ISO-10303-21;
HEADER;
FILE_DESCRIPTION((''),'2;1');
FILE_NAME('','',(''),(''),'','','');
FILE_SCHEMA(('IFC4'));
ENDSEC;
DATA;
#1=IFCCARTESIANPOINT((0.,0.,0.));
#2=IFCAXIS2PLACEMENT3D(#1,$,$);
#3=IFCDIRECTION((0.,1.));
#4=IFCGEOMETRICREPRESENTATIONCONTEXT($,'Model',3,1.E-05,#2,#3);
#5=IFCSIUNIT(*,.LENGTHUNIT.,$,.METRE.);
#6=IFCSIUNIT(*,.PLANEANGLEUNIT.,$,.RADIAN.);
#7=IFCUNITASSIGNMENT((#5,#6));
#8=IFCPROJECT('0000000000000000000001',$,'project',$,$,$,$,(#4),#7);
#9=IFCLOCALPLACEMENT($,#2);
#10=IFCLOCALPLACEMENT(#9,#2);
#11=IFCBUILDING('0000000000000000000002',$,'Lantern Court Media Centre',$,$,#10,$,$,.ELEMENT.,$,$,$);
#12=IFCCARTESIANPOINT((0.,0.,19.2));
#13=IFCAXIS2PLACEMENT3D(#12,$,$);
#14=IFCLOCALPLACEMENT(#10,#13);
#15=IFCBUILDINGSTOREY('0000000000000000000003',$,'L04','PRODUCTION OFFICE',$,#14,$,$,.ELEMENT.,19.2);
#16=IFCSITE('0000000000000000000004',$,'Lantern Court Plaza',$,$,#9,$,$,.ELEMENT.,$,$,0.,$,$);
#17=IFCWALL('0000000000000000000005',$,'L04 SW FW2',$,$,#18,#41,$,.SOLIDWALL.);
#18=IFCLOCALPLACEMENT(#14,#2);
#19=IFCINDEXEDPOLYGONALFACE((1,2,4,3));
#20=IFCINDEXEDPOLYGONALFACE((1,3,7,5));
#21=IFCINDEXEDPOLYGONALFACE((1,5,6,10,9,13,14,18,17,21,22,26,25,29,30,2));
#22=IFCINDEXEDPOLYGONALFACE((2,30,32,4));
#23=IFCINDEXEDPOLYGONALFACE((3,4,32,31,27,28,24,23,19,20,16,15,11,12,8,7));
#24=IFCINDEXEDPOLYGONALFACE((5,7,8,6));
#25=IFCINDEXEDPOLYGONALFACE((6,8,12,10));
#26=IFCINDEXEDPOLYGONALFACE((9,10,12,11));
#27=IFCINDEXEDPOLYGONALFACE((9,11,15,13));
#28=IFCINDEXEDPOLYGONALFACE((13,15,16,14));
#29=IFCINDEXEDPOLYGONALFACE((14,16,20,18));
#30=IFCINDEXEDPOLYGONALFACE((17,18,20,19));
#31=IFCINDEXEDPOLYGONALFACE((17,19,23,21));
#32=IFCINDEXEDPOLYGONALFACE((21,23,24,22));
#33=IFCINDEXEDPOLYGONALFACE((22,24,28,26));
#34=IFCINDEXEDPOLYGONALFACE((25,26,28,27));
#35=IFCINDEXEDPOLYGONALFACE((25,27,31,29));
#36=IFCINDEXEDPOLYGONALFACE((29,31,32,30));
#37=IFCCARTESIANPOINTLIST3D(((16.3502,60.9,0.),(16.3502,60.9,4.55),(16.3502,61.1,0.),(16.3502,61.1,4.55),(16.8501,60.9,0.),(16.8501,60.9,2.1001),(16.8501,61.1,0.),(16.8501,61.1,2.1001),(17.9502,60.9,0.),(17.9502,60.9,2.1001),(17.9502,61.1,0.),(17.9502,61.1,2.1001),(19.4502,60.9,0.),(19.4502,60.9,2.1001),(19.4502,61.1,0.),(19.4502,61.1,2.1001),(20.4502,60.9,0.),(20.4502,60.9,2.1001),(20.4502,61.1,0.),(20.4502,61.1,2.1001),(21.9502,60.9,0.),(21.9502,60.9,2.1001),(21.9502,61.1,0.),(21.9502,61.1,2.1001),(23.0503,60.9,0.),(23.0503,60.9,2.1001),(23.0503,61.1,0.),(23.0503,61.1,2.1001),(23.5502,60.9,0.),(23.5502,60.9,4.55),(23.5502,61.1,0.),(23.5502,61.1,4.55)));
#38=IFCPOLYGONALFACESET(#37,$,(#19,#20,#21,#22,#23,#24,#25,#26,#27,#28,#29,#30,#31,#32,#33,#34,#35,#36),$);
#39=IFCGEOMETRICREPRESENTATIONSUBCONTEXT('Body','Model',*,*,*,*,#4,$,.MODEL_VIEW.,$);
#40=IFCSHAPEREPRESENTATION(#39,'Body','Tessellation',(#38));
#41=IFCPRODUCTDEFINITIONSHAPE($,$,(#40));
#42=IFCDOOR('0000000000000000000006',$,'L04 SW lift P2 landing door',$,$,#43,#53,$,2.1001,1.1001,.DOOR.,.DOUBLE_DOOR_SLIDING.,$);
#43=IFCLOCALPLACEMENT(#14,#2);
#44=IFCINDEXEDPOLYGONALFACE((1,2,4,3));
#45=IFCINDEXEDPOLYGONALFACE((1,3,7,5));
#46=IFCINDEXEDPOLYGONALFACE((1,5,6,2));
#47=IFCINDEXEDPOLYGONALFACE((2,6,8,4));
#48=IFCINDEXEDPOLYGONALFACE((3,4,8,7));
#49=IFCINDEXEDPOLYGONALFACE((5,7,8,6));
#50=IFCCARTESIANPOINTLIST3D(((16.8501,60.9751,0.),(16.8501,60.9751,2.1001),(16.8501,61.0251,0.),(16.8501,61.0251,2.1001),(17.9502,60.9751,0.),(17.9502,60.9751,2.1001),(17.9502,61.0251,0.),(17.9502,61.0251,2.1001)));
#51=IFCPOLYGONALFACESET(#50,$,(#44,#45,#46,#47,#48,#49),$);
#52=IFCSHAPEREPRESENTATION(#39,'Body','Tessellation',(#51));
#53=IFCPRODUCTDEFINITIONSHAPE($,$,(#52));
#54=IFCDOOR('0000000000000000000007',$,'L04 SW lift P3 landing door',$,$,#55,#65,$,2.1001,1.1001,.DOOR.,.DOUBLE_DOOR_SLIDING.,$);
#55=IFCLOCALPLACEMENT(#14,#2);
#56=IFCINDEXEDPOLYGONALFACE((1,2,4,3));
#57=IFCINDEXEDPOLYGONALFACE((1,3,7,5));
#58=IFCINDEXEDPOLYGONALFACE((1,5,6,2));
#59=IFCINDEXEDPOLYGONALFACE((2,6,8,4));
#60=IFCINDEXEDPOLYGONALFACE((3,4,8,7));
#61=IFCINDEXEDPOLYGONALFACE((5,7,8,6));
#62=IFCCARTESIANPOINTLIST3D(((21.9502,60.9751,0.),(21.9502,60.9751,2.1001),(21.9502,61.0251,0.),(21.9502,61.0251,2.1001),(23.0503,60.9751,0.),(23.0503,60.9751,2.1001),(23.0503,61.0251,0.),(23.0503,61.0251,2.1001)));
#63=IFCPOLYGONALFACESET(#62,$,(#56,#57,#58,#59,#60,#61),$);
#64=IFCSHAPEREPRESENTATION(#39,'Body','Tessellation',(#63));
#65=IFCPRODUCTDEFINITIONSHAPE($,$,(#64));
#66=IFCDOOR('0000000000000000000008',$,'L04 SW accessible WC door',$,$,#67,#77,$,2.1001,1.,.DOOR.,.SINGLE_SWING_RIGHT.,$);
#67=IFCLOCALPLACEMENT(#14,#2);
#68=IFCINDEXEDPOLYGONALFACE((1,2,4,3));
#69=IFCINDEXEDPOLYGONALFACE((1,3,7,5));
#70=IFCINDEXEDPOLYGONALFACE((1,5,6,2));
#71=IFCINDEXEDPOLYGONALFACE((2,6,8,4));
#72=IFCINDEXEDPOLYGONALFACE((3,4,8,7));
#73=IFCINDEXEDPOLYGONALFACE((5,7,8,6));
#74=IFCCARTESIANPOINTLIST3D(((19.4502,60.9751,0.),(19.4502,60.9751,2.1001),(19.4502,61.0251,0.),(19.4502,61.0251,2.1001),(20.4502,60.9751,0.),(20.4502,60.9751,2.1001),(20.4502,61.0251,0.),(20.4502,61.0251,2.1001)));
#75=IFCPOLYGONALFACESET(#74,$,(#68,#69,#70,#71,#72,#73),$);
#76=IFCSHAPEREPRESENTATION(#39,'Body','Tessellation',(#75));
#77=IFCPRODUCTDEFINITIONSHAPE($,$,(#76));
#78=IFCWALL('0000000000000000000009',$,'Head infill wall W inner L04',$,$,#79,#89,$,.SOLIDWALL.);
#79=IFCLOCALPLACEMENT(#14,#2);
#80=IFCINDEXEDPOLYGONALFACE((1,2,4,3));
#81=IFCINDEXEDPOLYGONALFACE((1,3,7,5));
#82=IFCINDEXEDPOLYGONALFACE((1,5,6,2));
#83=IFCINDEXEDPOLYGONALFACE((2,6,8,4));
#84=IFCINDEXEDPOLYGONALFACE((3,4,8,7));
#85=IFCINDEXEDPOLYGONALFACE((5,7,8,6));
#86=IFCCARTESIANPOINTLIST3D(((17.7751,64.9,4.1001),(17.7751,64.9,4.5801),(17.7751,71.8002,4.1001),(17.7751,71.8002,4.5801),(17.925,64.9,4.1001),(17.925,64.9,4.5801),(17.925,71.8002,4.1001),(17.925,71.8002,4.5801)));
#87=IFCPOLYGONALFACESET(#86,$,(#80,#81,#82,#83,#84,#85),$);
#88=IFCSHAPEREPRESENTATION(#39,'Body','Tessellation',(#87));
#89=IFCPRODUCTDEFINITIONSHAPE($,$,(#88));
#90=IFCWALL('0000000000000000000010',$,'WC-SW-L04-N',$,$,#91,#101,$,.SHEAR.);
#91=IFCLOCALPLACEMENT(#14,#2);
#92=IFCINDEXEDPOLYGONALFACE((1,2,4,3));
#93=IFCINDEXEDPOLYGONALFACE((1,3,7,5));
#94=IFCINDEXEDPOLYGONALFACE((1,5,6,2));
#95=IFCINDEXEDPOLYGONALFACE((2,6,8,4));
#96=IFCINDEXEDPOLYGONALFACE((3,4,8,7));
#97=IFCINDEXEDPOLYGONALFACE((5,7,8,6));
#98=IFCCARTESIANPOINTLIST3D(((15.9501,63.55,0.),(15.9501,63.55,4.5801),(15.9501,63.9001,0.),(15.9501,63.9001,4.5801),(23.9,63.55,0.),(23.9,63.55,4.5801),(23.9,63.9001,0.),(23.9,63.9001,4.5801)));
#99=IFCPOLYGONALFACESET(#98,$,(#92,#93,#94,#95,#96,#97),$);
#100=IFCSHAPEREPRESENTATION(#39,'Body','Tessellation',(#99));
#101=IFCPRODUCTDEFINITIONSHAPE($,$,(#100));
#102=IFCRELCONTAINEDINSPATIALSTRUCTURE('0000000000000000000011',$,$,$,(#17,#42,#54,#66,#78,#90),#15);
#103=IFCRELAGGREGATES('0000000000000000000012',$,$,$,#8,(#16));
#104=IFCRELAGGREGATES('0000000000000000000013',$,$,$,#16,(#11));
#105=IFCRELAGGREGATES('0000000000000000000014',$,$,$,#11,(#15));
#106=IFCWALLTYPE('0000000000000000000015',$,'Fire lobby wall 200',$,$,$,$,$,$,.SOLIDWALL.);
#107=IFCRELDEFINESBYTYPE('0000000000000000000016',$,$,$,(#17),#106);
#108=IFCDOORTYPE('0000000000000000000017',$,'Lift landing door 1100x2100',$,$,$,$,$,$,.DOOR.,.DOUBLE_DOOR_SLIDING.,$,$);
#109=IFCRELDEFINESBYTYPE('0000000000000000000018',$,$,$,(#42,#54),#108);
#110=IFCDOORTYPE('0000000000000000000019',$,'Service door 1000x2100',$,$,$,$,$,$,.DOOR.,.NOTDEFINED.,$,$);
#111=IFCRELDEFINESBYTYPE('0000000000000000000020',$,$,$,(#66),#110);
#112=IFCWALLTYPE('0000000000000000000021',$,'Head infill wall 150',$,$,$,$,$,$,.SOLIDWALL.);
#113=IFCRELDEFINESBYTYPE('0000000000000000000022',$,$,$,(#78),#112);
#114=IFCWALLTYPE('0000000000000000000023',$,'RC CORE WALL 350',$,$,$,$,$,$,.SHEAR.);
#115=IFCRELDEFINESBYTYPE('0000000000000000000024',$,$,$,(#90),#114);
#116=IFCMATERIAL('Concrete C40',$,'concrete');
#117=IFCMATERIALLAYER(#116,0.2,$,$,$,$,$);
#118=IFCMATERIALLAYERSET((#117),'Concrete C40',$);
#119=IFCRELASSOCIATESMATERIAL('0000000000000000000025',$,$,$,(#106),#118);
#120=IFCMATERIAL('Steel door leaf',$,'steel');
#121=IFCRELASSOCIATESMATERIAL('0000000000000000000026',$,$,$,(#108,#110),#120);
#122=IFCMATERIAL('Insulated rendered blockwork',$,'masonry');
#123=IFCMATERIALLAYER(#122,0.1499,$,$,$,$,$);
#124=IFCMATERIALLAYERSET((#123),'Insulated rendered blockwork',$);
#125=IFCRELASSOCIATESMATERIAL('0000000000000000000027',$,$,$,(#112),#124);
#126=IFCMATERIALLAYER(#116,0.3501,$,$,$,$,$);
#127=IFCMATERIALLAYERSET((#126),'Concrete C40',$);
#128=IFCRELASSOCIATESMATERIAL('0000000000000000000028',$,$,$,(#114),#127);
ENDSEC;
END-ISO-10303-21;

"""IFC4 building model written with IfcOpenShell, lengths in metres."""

from ifc_helpers import new_model, si_unit, direction, frame, frame_2d, origin, place, context, subcontext, project, spatial, rectangle, extrude, material, layer, layer_set, type_object, element, fill, save


model = new_model("IFC4")

# Units and contexts
model_context = context("Model", 3, precision=1e-05, world=origin(), true_north=direction((0.0, 1.0)))
body_context = subcontext(model_context, "Body", "Model", "MODEL_VIEW")
ifc_project = project(units=[si_unit("LENGTHUNIT", "METRE"), si_unit("PLANEANGLEUNIT", "RADIAN")], contexts=[model_context])

# Site, building, storey
site_placement = place(None, origin())
site = spatial("IfcSite", under=ifc_project, at=site_placement, Name="Lantern Court Plaza", CompositionType="ELEMENT", RefElevation=0.0)
building_placement = place(site_placement, origin())
building = spatial("IfcBuilding", under=site, at=building_placement, Name="Lantern Court Media Centre", CompositionType="ELEMENT")
storey_placement = place(building_placement, frame((0.0, 0.0, 19.2)))
storey = spatial("IfcBuildingStorey", under=building, at=storey_placement, Name="L04", Description="PRODUCTION OFFICE", CompositionType="ELEMENT", Elevation=19.2)

# Wall, openings, doors
ifc_material_1 = material(Name="Concrete C40", Category="concrete")
ifc_layer_1 = layer(ifc_material_1, 0.2)
ifc_layer_set_1 = layer_set([ifc_layer_1], Name="Concrete C40")
wall_type_1 = type_object("IfcWallType", Name="Fire lobby wall 200", PredefinedType="SOLIDWALL", material=ifc_layer_set_1)
ifc_material_2 = material(Name="Steel door leaf", Category="steel")
door_type_1 = type_object("IfcDoorType", Name="Lift landing door 1100x2100", OperationType="DOUBLE_DOOR_SLIDING", PredefinedType="DOOR", material=ifc_material_2)
door_type_2 = type_object("IfcDoorType", Name="Service door 1000x2100", OperationType="NOTDEFINED", PredefinedType="DOOR", material=ifc_material_2)
wall_1_placement = place(storey_placement, frame((16.3501, 61.0, 0.0), z_axis=(0.0, 0.0, 1.0), x_axis=(1.0, 0.0, 0.0)))
wall_1 = element("IfcWall", 1, at=wall_1_placement, inside=storey, type_object=wall_type_1, Name="L04 SW FW2", PredefinedType="SOLIDWALL", context=body_context, shape_type="SweptSolid", body=[
    extrude(rectangle(XDim=7.2, YDim=0.2, at=frame_2d((3.6001, 0.0))), origin(), (0.0, 0.0, 1.0), 4.55),
])
opening_1_placement = place(wall_1_placement, frame((0.5, 0.0, 0.0)))
opening_1 = element("IfcOpeningElement", 2, at=opening_1_placement, cuts=wall_1, PredefinedType="OPENING", context=body_context, shape_type="SweptSolid", body=[
    extrude(rectangle(XDim=1.1001, YDim=2.1001, at=frame_2d((0.55, 1.05))), frame((0.0, 0.1099, 0.0), z_axis=(0.0, -1.0, 0.0), x_axis=(1.0, 0.0, 0.0)), (0.0, 0.0, 1.0), 0.22),
])
opening_2_placement = place(wall_1_placement, frame((5.6001, 0.0, 0.0)))
opening_2 = element("IfcOpeningElement", 3, at=opening_2_placement, cuts=wall_1, PredefinedType="OPENING", context=body_context, shape_type="SweptSolid", body=[
    extrude(rectangle(XDim=1.1001, YDim=2.1001, at=frame_2d((0.55, 1.05))), frame((0.0, 0.1099, 0.0), z_axis=(0.0, -1.0, 0.0), x_axis=(1.0, 0.0, 0.0)), (0.0, 0.0, 1.0), 0.22),
])
opening_3_placement = place(wall_1_placement, frame((3.1001, 0.0, 0.0)))
opening_3 = element("IfcOpeningElement", 4, at=opening_3_placement, cuts=wall_1, PredefinedType="OPENING", context=body_context, shape_type="SweptSolid", body=[
    extrude(rectangle(XDim=1.0, YDim=2.1001, at=frame_2d((0.5, 1.05))), frame((0.0, 0.1099, 0.0), z_axis=(0.0, -1.0, 0.0), x_axis=(1.0, 0.0, 0.0)), (0.0, 0.0, 1.0), 0.22),
])
door_1_placement = place(opening_1_placement, frame((1.1001, 0.0, 0.0), z_axis=(0.0, 0.0, 1.0), x_axis=(-1.0, 0.0, 0.0)))
door_1 = element("IfcDoor", 5, at=door_1_placement, inside=storey, type_object=door_type_1, Name="L04 SW lift P2 landing door", OperationType="DOUBLE_DOOR_SLIDING", OverallHeight=2.1001, OverallWidth=1.1001, PredefinedType="DOOR", context=body_context, shape_type="SweptSolid", body=[
    extrude(rectangle(XDim=1.1001, YDim=2.1001, at=frame_2d((0.55, 1.05))), frame((0.0, 0.0249, 0.0), z_axis=(0.0, -1.0, 0.0), x_axis=(1.0, 0.0, 0.0)), (0.0, 0.0, 1.0), 0.05),
])
fill(opening_1, door_1)
door_2_placement = place(opening_2_placement, frame((1.1001, 0.0, 0.0), z_axis=(0.0, 0.0, 1.0), x_axis=(-1.0, 0.0, 0.0)))
door_2 = element("IfcDoor", 6, at=door_2_placement, inside=storey, type_object=door_type_1, Name="L04 SW lift P3 landing door", OperationType="DOUBLE_DOOR_SLIDING", OverallHeight=2.1001, OverallWidth=1.1001, PredefinedType="DOOR", context=body_context, shape_type="SweptSolid", body=[
    extrude(rectangle(XDim=1.1001, YDim=2.1001, at=frame_2d((0.55, 1.05))), frame((0.0, 0.0249, 0.0), z_axis=(0.0, -1.0, 0.0), x_axis=(1.0, 0.0, 0.0)), (0.0, 0.0, 1.0), 0.05),
])
fill(opening_2, door_2)
door_3_placement = place(opening_3_placement, frame((1.0, 0.0, 0.0), z_axis=(0.0, 0.0, 1.0), x_axis=(-1.0, 0.0, 0.0)))
door_3 = element("IfcDoor", 7, at=door_3_placement, inside=storey, type_object=door_type_2, Name="L04 SW accessible WC door", OperationType="SINGLE_SWING_RIGHT", OverallHeight=2.1001, OverallWidth=1.0, PredefinedType="DOOR", context=body_context, shape_type="SweptSolid", body=[
    extrude(rectangle(XDim=1.0, YDim=2.1001, at=frame_2d((0.5, 1.05))), frame((0.0, 0.0249, 0.0), z_axis=(0.0, -1.0, 0.0), x_axis=(1.0, 0.0, 0.0)), (0.0, 0.0, 1.0), 0.05),
])
fill(opening_3, door_3)

# Walls
ifc_material_3 = material(Name="Insulated rendered blockwork", Category="masonry")
ifc_layer_2 = layer(ifc_material_3, 0.1499)
ifc_layer_set_2 = layer_set([ifc_layer_2], Name="Insulated rendered blockwork")
wall_type_2 = type_object("IfcWallType", Name="Head infill wall 150", PredefinedType="SOLIDWALL", material=ifc_layer_set_2)
wall_2_placement = place(storey_placement, frame((17.8501, 64.8999, 4.1001), z_axis=(0.0, 0.0, 1.0), x_axis=(0.0, 1.0, 0.0)))
element("IfcWall", 8, at=wall_2_placement, inside=storey, type_object=wall_type_2, Name="Head infill wall W inner L04", PredefinedType="SOLIDWALL", context=body_context, shape_type="SweptSolid", body=[
    extrude(rectangle(XDim=6.9001, YDim=0.1499, at=frame_2d((3.4502, 0.0))), origin(), (0.0, 0.0, 1.0), 0.48),
])
ifc_layer_3 = layer(ifc_material_1, 0.3501)
ifc_layer_set_3 = layer_set([ifc_layer_3], Name="Concrete C40")
wall_type_3 = type_object("IfcWallType", Name="RC CORE WALL 350", PredefinedType="SHEAR", material=ifc_layer_set_3)
wall_3_placement = place(storey_placement, frame((15.95, 63.7251, 0.0), z_axis=(0.0, 0.0, 1.0), x_axis=(1.0, 0.0, 0.0)))
element("IfcWall", 9, at=wall_3_placement, inside=storey, type_object=wall_type_3, Name="WC-SW-L04-N", PredefinedType="SHEAR", context=body_context, shape_type="SweptSolid", body=[
    extrude(rectangle(XDim=7.95, YDim=0.3501, at=frame_2d((3.9751, 0.0))), origin(), (0.0, 0.0, 1.0), 4.5801),
])

save(model, "model.ifc")
